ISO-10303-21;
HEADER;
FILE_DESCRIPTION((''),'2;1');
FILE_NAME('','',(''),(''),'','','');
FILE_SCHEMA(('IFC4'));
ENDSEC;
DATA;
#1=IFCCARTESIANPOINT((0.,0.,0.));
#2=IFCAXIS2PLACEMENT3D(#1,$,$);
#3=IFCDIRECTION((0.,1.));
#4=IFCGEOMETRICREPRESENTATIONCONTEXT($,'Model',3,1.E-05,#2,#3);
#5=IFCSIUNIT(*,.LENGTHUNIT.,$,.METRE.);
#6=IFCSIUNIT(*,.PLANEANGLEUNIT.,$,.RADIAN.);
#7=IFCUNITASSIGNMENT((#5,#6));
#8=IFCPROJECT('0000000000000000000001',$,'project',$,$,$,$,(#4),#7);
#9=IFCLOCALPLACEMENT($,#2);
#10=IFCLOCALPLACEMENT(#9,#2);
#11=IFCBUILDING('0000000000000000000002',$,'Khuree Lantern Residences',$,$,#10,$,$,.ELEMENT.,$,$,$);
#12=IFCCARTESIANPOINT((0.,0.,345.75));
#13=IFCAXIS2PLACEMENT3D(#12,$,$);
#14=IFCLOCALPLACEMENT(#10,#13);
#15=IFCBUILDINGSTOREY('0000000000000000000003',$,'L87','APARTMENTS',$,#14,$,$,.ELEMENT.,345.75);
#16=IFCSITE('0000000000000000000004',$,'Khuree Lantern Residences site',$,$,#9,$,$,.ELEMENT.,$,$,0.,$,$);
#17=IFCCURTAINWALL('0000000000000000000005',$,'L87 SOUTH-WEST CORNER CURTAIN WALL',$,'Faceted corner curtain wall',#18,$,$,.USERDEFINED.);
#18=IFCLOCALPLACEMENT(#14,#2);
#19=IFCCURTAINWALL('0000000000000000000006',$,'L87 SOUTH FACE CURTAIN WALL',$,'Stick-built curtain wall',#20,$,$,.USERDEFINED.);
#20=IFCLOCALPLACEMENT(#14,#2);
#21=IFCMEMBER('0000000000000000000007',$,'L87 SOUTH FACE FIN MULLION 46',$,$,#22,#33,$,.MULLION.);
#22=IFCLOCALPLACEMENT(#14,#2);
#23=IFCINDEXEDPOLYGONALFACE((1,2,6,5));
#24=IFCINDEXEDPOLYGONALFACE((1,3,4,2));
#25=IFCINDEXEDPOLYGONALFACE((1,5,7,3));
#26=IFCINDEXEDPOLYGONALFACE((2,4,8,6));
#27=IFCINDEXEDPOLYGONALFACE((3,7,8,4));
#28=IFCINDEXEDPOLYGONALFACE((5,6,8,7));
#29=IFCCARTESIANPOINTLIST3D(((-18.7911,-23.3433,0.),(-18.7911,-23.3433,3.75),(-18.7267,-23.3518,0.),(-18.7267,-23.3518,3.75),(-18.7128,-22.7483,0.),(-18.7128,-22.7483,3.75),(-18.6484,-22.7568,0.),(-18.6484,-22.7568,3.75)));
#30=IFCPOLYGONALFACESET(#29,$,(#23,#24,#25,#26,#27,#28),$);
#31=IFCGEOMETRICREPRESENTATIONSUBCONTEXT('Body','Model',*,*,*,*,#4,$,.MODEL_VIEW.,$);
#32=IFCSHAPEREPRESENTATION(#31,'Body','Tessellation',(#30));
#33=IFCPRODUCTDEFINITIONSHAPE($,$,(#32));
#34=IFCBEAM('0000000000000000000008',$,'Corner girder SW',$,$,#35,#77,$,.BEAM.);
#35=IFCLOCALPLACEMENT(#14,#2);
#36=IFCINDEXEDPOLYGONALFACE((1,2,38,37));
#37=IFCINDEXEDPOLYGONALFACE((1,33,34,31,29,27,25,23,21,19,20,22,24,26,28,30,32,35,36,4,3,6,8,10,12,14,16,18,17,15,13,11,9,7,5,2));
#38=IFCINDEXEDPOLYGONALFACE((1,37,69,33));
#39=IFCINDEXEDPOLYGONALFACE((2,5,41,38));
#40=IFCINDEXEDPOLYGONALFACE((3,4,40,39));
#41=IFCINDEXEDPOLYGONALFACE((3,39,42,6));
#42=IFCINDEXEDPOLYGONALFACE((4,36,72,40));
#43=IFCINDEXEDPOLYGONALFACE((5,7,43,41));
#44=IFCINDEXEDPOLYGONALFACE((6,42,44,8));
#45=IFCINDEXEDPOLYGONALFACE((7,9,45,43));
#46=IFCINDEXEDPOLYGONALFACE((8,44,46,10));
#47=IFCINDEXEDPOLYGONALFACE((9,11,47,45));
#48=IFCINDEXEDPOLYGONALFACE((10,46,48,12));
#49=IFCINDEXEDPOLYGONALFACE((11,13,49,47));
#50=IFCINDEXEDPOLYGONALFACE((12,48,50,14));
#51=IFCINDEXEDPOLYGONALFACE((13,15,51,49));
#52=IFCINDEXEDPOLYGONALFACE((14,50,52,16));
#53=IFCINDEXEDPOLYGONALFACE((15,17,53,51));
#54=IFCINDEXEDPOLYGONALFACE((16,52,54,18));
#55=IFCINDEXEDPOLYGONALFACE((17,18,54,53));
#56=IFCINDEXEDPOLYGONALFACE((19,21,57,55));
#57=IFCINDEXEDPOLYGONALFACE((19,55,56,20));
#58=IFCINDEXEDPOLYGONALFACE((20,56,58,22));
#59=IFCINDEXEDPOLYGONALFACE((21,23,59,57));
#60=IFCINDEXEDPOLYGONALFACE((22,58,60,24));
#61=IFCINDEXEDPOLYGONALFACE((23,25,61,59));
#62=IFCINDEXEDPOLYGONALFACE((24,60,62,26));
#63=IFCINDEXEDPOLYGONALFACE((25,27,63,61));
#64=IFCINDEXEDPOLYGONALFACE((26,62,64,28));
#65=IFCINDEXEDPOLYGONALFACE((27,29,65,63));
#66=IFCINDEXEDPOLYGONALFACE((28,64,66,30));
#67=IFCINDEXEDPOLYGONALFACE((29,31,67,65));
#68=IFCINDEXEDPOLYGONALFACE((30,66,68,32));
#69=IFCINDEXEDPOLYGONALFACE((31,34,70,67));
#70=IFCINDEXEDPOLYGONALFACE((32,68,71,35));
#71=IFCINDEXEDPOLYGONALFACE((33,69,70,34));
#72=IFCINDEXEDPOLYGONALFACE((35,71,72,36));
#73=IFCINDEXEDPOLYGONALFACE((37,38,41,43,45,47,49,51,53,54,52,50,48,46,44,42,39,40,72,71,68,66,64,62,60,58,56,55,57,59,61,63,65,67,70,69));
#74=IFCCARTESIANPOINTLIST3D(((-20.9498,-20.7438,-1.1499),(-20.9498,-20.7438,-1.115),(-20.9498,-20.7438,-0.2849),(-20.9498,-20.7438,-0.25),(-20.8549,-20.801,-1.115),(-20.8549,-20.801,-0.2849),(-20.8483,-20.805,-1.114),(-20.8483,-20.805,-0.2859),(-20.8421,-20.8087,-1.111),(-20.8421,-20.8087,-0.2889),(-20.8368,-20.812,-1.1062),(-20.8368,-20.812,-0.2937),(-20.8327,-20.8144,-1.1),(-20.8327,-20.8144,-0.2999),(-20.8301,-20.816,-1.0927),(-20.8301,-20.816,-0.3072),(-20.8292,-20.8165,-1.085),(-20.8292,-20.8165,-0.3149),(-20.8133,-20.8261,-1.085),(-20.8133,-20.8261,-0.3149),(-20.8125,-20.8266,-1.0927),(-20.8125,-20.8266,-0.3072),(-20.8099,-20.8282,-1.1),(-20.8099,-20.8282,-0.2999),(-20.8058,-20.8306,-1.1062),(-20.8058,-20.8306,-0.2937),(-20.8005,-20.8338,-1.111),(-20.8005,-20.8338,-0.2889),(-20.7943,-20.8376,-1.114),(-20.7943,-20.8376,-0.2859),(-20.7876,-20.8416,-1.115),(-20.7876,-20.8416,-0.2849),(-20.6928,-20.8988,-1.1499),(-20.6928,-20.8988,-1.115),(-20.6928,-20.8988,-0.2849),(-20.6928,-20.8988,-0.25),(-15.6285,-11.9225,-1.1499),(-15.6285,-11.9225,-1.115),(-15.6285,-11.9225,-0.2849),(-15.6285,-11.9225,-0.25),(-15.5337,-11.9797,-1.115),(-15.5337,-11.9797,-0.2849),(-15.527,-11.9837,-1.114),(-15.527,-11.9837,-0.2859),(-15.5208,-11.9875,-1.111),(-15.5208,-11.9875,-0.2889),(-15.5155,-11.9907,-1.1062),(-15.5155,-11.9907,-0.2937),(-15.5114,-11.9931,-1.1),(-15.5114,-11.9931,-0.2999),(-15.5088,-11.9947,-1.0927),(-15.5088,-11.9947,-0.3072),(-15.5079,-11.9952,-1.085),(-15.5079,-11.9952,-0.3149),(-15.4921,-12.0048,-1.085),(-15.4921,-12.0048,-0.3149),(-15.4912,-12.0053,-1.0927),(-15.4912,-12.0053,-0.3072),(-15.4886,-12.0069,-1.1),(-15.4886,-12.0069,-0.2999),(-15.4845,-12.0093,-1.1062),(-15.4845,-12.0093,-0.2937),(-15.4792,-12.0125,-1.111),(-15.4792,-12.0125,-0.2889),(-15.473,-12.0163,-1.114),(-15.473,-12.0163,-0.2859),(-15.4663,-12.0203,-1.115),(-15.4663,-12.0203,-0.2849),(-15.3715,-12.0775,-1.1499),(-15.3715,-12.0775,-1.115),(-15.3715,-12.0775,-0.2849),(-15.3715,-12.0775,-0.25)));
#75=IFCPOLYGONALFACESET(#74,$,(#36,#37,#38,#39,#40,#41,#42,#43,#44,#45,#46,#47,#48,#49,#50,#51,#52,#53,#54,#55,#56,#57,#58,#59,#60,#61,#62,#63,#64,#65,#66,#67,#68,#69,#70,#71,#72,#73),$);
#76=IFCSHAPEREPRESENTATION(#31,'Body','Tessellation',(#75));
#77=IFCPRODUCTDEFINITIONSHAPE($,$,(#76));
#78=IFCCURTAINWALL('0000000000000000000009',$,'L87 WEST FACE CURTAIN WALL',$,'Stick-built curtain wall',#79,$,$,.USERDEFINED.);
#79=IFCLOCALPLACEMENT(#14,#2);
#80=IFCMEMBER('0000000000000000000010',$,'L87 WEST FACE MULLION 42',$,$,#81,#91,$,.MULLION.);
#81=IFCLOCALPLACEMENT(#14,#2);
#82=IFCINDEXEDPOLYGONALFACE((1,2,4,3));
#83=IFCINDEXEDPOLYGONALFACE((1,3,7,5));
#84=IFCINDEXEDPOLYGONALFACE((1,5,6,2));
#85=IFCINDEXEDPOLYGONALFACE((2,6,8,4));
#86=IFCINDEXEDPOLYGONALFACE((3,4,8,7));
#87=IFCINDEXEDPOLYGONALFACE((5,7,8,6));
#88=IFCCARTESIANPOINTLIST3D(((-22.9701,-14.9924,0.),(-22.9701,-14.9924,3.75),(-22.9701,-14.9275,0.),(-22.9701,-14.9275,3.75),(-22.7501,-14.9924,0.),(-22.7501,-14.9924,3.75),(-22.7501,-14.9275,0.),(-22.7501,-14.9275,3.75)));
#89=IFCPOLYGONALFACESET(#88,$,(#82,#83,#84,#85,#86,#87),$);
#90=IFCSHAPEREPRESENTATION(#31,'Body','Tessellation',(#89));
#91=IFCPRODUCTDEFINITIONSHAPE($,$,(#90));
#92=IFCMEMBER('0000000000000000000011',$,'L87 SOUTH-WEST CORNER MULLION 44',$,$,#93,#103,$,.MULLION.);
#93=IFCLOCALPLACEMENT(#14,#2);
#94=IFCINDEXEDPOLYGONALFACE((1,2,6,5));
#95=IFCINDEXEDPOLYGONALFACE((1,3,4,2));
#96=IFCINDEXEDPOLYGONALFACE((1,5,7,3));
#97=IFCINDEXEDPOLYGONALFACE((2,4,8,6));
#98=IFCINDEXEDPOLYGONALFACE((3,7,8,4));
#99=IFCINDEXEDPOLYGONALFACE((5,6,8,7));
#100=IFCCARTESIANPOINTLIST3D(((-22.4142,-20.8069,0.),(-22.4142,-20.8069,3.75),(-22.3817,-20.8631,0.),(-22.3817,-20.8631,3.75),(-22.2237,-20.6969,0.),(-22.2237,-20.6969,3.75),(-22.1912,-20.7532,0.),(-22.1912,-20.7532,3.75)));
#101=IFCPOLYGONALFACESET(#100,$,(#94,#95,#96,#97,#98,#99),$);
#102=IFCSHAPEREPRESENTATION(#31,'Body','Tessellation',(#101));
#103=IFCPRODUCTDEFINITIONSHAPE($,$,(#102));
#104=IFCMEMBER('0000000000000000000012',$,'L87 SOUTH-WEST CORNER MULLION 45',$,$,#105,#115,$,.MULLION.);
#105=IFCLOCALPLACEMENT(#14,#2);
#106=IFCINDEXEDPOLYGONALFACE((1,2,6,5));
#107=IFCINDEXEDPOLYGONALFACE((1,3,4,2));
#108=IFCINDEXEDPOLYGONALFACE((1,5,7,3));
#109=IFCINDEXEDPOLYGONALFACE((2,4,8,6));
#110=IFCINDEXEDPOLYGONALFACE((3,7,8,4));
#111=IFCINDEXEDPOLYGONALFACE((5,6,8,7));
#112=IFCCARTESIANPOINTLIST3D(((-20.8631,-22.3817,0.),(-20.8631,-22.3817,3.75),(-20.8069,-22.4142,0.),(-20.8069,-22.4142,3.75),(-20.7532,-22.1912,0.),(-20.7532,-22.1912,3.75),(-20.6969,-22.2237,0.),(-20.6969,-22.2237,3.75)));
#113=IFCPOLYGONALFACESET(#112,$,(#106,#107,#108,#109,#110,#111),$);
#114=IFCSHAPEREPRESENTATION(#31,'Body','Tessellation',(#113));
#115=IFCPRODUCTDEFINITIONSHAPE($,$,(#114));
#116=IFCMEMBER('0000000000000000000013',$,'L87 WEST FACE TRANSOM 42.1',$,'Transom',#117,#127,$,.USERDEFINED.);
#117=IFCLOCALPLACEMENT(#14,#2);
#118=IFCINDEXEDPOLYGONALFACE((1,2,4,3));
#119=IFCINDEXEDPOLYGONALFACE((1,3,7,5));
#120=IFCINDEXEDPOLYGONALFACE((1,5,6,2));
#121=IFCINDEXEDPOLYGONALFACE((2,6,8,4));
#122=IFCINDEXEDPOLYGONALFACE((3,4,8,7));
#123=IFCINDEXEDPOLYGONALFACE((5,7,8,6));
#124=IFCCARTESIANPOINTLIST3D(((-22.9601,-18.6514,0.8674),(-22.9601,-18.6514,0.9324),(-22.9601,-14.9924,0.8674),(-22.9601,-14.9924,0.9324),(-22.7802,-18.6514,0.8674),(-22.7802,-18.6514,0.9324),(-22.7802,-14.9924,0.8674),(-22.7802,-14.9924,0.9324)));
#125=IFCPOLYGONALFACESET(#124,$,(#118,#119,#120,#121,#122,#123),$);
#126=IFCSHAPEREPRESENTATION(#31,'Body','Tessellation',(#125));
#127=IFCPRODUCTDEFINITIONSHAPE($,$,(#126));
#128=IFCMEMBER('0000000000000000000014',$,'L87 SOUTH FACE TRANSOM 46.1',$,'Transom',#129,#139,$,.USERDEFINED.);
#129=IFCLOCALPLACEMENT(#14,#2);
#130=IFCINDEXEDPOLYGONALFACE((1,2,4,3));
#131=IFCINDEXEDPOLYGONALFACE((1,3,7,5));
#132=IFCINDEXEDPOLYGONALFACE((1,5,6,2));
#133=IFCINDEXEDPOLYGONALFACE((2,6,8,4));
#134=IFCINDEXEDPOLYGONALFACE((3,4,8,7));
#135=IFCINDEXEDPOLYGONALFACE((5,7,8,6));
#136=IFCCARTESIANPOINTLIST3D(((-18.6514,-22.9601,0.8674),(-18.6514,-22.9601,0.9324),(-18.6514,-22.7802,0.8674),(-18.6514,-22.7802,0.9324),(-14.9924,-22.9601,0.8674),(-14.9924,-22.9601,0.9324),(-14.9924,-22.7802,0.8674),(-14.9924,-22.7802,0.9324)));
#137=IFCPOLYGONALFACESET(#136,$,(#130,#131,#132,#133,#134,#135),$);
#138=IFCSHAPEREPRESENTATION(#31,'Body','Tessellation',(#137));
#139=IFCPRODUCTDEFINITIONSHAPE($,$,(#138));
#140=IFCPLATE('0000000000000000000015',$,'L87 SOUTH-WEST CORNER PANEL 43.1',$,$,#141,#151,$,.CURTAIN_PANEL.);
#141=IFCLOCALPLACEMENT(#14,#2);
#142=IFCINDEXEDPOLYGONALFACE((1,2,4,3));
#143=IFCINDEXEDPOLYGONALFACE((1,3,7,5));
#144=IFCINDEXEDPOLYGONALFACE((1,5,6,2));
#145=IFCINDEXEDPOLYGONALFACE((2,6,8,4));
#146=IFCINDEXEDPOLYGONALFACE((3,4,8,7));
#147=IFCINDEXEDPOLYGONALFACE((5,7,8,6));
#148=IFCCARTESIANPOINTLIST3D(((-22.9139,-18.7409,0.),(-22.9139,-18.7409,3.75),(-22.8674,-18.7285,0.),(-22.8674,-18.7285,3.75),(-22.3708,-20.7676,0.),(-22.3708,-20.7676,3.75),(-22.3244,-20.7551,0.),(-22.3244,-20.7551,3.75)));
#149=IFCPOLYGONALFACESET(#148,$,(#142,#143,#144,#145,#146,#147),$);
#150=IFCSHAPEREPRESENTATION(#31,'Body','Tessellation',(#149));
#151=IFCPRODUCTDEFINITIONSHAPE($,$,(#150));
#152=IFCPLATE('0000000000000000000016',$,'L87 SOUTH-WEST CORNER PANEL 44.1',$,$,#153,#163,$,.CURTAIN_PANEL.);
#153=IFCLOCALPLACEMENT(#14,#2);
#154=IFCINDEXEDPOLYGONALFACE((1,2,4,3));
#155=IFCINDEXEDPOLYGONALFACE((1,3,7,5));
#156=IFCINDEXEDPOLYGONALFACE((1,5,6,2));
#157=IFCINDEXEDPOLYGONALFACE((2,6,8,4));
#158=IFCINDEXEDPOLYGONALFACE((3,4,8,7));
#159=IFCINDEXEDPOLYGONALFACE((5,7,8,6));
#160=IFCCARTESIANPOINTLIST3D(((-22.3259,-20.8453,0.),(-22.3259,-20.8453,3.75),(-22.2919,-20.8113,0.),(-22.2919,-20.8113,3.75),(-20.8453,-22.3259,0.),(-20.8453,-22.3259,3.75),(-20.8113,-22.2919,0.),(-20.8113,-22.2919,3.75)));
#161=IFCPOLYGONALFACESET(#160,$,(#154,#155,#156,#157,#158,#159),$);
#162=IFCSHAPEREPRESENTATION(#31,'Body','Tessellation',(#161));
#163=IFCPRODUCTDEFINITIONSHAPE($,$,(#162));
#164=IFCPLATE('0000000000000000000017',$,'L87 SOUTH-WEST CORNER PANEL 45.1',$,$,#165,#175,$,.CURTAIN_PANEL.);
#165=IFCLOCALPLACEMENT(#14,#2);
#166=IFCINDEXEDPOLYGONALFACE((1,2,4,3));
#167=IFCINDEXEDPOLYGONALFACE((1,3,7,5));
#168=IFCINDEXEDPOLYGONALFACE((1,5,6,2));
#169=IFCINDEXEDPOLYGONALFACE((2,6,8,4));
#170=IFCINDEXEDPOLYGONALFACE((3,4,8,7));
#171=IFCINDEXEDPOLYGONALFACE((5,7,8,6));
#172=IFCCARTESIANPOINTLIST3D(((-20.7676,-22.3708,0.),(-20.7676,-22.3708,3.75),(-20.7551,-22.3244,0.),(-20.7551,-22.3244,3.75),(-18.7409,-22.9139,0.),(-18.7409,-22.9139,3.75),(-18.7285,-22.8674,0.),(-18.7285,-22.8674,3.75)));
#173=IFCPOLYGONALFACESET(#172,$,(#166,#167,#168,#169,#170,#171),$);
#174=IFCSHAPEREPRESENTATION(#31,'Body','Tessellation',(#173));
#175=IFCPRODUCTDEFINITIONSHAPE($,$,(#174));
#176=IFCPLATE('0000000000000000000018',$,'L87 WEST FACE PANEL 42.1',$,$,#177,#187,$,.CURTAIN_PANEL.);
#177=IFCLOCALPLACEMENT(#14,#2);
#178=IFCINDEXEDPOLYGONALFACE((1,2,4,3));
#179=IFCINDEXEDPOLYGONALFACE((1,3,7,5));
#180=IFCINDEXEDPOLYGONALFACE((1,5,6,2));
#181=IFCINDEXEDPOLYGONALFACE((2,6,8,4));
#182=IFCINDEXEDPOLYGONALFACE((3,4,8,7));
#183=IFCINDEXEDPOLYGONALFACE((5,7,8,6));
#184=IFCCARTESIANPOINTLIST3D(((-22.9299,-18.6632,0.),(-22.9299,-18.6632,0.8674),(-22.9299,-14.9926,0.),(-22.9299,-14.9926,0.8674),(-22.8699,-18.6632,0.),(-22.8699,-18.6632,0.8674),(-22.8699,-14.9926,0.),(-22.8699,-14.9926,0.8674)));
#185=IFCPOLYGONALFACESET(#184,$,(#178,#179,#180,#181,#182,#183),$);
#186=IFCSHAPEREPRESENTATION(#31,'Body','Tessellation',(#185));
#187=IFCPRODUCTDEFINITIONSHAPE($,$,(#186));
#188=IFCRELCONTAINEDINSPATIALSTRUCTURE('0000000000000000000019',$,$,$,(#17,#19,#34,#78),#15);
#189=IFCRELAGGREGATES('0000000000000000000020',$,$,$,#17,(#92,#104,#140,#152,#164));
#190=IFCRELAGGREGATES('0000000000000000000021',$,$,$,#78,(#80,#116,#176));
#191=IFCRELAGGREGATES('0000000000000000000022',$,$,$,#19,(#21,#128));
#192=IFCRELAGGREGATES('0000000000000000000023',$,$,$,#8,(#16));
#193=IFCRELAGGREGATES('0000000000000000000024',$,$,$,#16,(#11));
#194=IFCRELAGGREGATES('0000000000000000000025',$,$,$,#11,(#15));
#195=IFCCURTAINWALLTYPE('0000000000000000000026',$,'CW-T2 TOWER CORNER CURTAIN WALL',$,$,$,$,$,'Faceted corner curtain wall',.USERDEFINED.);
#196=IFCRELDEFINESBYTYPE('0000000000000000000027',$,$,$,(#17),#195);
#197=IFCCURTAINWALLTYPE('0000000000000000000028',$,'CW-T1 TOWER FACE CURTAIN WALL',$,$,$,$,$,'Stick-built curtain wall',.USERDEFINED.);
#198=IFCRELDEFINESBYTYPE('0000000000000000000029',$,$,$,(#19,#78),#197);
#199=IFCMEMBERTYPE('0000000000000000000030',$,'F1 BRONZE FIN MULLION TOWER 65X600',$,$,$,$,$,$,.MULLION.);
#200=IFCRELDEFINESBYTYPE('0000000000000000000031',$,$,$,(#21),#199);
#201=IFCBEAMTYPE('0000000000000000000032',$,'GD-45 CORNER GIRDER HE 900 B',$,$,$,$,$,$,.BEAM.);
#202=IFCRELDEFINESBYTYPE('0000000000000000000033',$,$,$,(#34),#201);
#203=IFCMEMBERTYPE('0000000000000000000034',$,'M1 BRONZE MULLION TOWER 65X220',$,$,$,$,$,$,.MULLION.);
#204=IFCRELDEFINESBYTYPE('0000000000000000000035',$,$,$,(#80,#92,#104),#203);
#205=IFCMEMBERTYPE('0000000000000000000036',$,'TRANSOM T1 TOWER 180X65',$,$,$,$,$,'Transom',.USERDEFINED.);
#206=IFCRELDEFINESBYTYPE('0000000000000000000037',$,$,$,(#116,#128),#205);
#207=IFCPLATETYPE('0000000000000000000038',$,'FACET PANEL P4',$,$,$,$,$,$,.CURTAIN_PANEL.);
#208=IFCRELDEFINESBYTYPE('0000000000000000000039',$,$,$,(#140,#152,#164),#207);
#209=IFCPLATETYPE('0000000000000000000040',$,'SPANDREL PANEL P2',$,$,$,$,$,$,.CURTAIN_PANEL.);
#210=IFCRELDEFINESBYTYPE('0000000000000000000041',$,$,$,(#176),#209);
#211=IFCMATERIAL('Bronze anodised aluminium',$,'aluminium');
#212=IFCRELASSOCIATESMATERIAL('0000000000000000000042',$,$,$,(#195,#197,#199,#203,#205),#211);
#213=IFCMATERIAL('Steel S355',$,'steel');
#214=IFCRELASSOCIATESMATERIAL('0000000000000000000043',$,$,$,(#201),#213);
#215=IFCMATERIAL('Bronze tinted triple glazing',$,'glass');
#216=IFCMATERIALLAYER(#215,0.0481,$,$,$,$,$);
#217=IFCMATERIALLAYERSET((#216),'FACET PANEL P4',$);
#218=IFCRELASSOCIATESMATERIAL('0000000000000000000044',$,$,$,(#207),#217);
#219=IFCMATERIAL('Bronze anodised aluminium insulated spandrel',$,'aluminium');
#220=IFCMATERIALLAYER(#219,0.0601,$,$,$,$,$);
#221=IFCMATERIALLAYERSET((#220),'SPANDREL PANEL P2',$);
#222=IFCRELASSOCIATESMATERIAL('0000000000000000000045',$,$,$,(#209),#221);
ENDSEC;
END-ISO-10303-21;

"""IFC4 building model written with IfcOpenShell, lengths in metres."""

from ifc_helpers import new_model, si_unit, direction, frame, origin, origin_2d, place, context, subcontext, project, spatial, rectangle, i_section, extrude, material, layer, layer_set, material_profile, profile_set, type_object, element, aggregate, save


model = new_model("IFC4")

# Units and contexts
model_context = context("Model", 3, precision=1e-05, world=origin(), true_north=direction((0.0, 1.0)))
body_context = subcontext(model_context, "Body", "Model", "MODEL_VIEW")
ifc_project = project(units=[si_unit("LENGTHUNIT", "METRE"), si_unit("PLANEANGLEUNIT", "RADIAN")], contexts=[model_context])

# Site, building, storey
site_placement = place(None, origin())
site = spatial("IfcSite", under=ifc_project, at=site_placement, Name="Khuree Lantern Residences site", CompositionType="ELEMENT", RefElevation=0.0)
building_placement = place(site_placement, origin())
building = spatial("IfcBuilding", under=site, at=building_placement, Name="Khuree Lantern Residences", CompositionType="ELEMENT")
storey_placement = place(building_placement, frame((0.0, 0.0, 345.75)))
storey = spatial("IfcBuildingStorey", under=building, at=storey_placement, Name="L87", Description="APARTMENTS", CompositionType="ELEMENT", Elevation=345.75)

# Shared definitions
ifc_material_1 = material(Name="Steel S355", Category="steel")

# Curtain walls, member
ifc_material_2 = material(Name="Bronze anodised aluminium", Category="aluminium")
curtain_wall_type_1 = type_object("IfcCurtainWallType", Name="CW-T2 TOWER CORNER CURTAIN WALL", ElementType="Faceted corner curtain wall", PredefinedType="USERDEFINED", material=ifc_material_2)
curtain_wall_1_placement = place(storey_placement, origin())
curtain_wall_1 = element("IfcCurtainWall", 1, at=curtain_wall_1_placement, inside=storey, type_object=curtain_wall_type_1, Name="L87 SOUTH-WEST CORNER CURTAIN WALL", ObjectType="Faceted corner curtain wall", PredefinedType="USERDEFINED")
ifc_material_profile_1 = material_profile(ifc_material_2, rectangle(XDim=0.0649, YDim=0.6001, at=origin_2d()), Name="F1 65X600")
ifc_profile_set_1 = profile_set([ifc_material_profile_1], Name="Bronze anodised aluminium")
member_type_1 = type_object("IfcMemberType", Name="F1 BRONZE FIN MULLION TOWER 65X600", PredefinedType="MULLION", material=ifc_profile_set_1)
curtain_wall_type_2 = type_object("IfcCurtainWallType", Name="CW-T1 TOWER FACE CURTAIN WALL", ElementType="Stick-built curtain wall", PredefinedType="USERDEFINED", material=ifc_material_2)
curtain_wall_2_placement = place(storey_placement, origin())
curtain_wall_2 = element("IfcCurtainWall", 2, at=curtain_wall_2_placement, inside=storey, type_object=curtain_wall_type_2, Name="L87 SOUTH FACE CURTAIN WALL", ObjectType="Stick-built curtain wall", PredefinedType="USERDEFINED")
member_1_placement = place(storey_placement, frame((-18.7197, -23.05, 0.0), z_axis=(0.0, 0.0, 1.0), x_axis=(0.991445, -0.130526, 0.0)))
member_1 = element("IfcMember", 3, at=member_1_placement, type_object=member_type_1, Name="L87 SOUTH FACE FIN MULLION 46", PredefinedType="MULLION", context=body_context, shape_type="SweptSolid", body=[
    extrude(rectangle(XDim=0.0649, YDim=0.6001, at=origin_2d()), origin(), (0.0, 0.0, 1.0), 3.75),
])

# Beam
ifc_material_profile_2 = material_profile(ifc_material_1, i_section(OverallWidth=0.3, OverallDepth=0.8999, WebThickness=0.0186, FlangeThickness=0.0349, FilletRadius=0.03, at=origin_2d()), Name="HE 900 B")
ifc_profile_set_2 = profile_set([ifc_material_profile_2], Name="Steel S355")
beam_type_1 = type_object("IfcBeamType", Name="GD-45 CORNER GIRDER HE 900 B", PredefinedType="BEAM", material=ifc_profile_set_2)
beam_1_placement = place(storey_placement, frame((-20.8213, -20.8213, -0.7), z_axis=(0.51653, 0.856269, 0.0), x_axis=(-0.856269, 0.51653, 0.0)))
element("IfcBeam", 4, at=beam_1_placement, inside=storey, type_object=beam_type_1, Name="Corner girder SW", PredefinedType="BEAM", context=body_context, shape_type="SweptSolid", body=[
    extrude(i_section(OverallWidth=0.3, OverallDepth=0.8999, WebThickness=0.0186, FlangeThickness=0.0349, FilletRadius=0.03, at=origin_2d()), origin(), (0.0, 0.0, 1.0), 10.302),
])

# Curtain wall, member
curtain_wall_3_placement = place(storey_placement, origin())
curtain_wall_3 = element("IfcCurtainWall", 5, at=curtain_wall_3_placement, inside=storey, type_object=curtain_wall_type_2, Name="L87 WEST FACE CURTAIN WALL", ObjectType="Stick-built curtain wall", PredefinedType="USERDEFINED")
ifc_material_profile_3 = material_profile(ifc_material_2, rectangle(XDim=0.0649, YDim=0.22, at=origin_2d()), Name="M1 65X220")
ifc_profile_set_3 = profile_set([ifc_material_profile_3], Name="Bronze anodised aluminium")
member_type_2 = type_object("IfcMemberType", Name="M1 BRONZE MULLION TOWER 65X220", PredefinedType="MULLION", material=ifc_profile_set_3)
member_2_placement = place(storey_placement, frame((-22.8601, -14.96, 0.0), z_axis=(0.0, 0.0, 1.0), x_axis=(0.0, -1.0, 0.0)))
member_2 = element("IfcMember", 6, at=member_2_placement, type_object=member_type_2, Name="L87 WEST FACE MULLION 42", PredefinedType="MULLION", context=body_context, shape_type="SweptSolid", body=[
    extrude(rectangle(XDim=0.0649, YDim=0.22, at=origin_2d()), origin(), (0.0, 0.0, 1.0), 3.75),
])

# Members
member_3_placement = place(storey_placement, frame((-22.3027, -20.78, 0.0), z_axis=(0.0, 0.0, 1.0), x_axis=(0.5, -0.866025, 0.0)))
member_3 = element("IfcMember", 7, at=member_3_placement, type_object=member_type_2, Name="L87 SOUTH-WEST CORNER MULLION 44", PredefinedType="MULLION", context=body_context, shape_type="SweptSolid", body=[
    extrude(rectangle(XDim=0.0649, YDim=0.22, at=origin_2d()), origin(), (0.0, 0.0, 1.0), 3.75),
])
member_4_placement = place(storey_placement, frame((-20.78, -22.3027, 0.0), z_axis=(0.0, 0.0, 1.0), x_axis=(0.866025, -0.5, 0.0)))
member_4 = element("IfcMember", 8, at=member_4_placement, type_object=member_type_2, Name="L87 SOUTH-WEST CORNER MULLION 45", PredefinedType="MULLION", context=body_context, shape_type="SweptSolid", body=[
    extrude(rectangle(XDim=0.0649, YDim=0.22, at=origin_2d()), origin(), (0.0, 0.0, 1.0), 3.75),
])
ifc_material_profile_4 = material_profile(ifc_material_2, rectangle(XDim=0.1799, YDim=0.0649, at=origin_2d()), Name="T1 180X65")
ifc_profile_set_4 = profile_set([ifc_material_profile_4], Name="Bronze anodised aluminium")
member_type_3 = type_object("IfcMemberType", Name="TRANSOM T1 TOWER 180X65", ElementType="Transom", PredefinedType="USERDEFINED", material=ifc_profile_set_4)
member_5_placement = place(storey_placement, frame((-22.8701, -14.9924, 0.8999), z_axis=(0.0, -1.0, 0.0), x_axis=(1.0, 0.0, 0.0)))
member_5 = element("IfcMember", 9, at=member_5_placement, type_object=member_type_3, Name="L87 WEST FACE TRANSOM 42.1", ObjectType="Transom", PredefinedType="USERDEFINED", context=body_context, shape_type="SweptSolid", body=[
    extrude(rectangle(XDim=0.1799, YDim=0.0649, at=origin_2d()), origin(), (0.0, 0.0, 1.0), 3.6589),
])
member_6_placement = place(storey_placement, frame((-18.6514, -22.8701, 0.8999), z_axis=(1.0, 0.0, 0.0), x_axis=(0.0, 1.0, 0.0)))
member_6 = element("IfcMember", 10, at=member_6_placement, type_object=member_type_3, Name="L87 SOUTH FACE TRANSOM 46.1", ObjectType="Transom", PredefinedType="USERDEFINED", context=body_context, shape_type="SweptSolid", body=[
    extrude(rectangle(XDim=0.1799, YDim=0.0649, at=origin_2d()), origin(), (0.0, 0.0, 1.0), 3.6589),
])

# Plates
ifc_material_3 = material(Name="Bronze tinted triple glazing", Category="glass")
ifc_layer_1 = layer(ifc_material_3, 0.0481)
ifc_layer_set_1 = layer_set([ifc_layer_1], Name="FACET PANEL P4")
plate_type_1 = type_object("IfcPlateType", Name="FACET PANEL P4", PredefinedType="CURTAIN_PANEL", material=ifc_layer_set_1)
plate_1_placement = place(storey_placement, frame((-22.6191, -19.748, 0.0), z_axis=(0.0, 0.0, 1.0), x_axis=(0.258819, -0.965926, 0.0)))
plate_1 = element("IfcPlate", 11, at=plate_1_placement, type_object=plate_type_1, Name="L87 SOUTH-WEST CORNER PANEL 43.1", PredefinedType="CURTAIN_PANEL", context=body_context, shape_type="SweptSolid", body=[
    extrude(rectangle(XDim=2.0981, YDim=0.0481, at=origin_2d()), origin(), (0.0, 0.0, 1.0), 3.75),
])
plate_2_placement = place(storey_placement, frame((-21.5686, -21.5686, 0.0), z_axis=(0.0, 0.0, 1.0), x_axis=(0.707107, -0.707107, 0.0)))
plate_2 = element("IfcPlate", 12, at=plate_2_placement, type_object=plate_type_1, Name="L87 SOUTH-WEST CORNER PANEL 44.1", PredefinedType="CURTAIN_PANEL", context=body_context, shape_type="SweptSolid", body=[
    extrude(rectangle(XDim=2.094, YDim=0.0481, at=origin_2d()), origin(), (0.0, 0.0, 1.0), 3.75),
])
plate_3_placement = place(storey_placement, frame((-19.748, -22.6191, 0.0), z_axis=(0.0, 0.0, 1.0), x_axis=(0.965926, -0.258819, 0.0)))
plate_3 = element("IfcPlate", 13, at=plate_3_placement, type_object=plate_type_1, Name="L87 SOUTH-WEST CORNER PANEL 45.1", PredefinedType="CURTAIN_PANEL", context=body_context, shape_type="SweptSolid", body=[
    extrude(rectangle(XDim=2.0981, YDim=0.0481, at=origin_2d()), origin(), (0.0, 0.0, 1.0), 3.75),
])
aggregate(curtain_wall_1, [member_3, member_4, plate_1, plate_2, plate_3])
ifc_material_4 = material(Name="Bronze anodised aluminium insulated spandrel", Category="aluminium")
ifc_layer_2 = layer(ifc_material_4, 0.0601)
ifc_layer_set_2 = layer_set([ifc_layer_2], Name="SPANDREL PANEL P2")
plate_type_2 = type_object("IfcPlateType", Name="SPANDREL PANEL P2", PredefinedType="CURTAIN_PANEL", material=ifc_layer_set_2)
plate_4_placement = place(storey_placement, frame((-22.8999, -16.8279, 0.0), z_axis=(0.0, 0.0, 1.0), x_axis=(0.0, -1.0, 0.0)))
plate_4 = element("IfcPlate", 14, at=plate_4_placement, type_object=plate_type_2, Name="L87 WEST FACE PANEL 42.1", PredefinedType="CURTAIN_PANEL", context=body_context, shape_type="SweptSolid", body=[
    extrude(rectangle(XDim=3.6707, YDim=0.0601, at=origin_2d()), origin(), (0.0, 0.0, 1.0), 0.8674),
])
aggregate(curtain_wall_3, [member_2, member_5, plate_4])
aggregate(curtain_wall_2, [member_1, member_6])

save(model, "model.ifc")
